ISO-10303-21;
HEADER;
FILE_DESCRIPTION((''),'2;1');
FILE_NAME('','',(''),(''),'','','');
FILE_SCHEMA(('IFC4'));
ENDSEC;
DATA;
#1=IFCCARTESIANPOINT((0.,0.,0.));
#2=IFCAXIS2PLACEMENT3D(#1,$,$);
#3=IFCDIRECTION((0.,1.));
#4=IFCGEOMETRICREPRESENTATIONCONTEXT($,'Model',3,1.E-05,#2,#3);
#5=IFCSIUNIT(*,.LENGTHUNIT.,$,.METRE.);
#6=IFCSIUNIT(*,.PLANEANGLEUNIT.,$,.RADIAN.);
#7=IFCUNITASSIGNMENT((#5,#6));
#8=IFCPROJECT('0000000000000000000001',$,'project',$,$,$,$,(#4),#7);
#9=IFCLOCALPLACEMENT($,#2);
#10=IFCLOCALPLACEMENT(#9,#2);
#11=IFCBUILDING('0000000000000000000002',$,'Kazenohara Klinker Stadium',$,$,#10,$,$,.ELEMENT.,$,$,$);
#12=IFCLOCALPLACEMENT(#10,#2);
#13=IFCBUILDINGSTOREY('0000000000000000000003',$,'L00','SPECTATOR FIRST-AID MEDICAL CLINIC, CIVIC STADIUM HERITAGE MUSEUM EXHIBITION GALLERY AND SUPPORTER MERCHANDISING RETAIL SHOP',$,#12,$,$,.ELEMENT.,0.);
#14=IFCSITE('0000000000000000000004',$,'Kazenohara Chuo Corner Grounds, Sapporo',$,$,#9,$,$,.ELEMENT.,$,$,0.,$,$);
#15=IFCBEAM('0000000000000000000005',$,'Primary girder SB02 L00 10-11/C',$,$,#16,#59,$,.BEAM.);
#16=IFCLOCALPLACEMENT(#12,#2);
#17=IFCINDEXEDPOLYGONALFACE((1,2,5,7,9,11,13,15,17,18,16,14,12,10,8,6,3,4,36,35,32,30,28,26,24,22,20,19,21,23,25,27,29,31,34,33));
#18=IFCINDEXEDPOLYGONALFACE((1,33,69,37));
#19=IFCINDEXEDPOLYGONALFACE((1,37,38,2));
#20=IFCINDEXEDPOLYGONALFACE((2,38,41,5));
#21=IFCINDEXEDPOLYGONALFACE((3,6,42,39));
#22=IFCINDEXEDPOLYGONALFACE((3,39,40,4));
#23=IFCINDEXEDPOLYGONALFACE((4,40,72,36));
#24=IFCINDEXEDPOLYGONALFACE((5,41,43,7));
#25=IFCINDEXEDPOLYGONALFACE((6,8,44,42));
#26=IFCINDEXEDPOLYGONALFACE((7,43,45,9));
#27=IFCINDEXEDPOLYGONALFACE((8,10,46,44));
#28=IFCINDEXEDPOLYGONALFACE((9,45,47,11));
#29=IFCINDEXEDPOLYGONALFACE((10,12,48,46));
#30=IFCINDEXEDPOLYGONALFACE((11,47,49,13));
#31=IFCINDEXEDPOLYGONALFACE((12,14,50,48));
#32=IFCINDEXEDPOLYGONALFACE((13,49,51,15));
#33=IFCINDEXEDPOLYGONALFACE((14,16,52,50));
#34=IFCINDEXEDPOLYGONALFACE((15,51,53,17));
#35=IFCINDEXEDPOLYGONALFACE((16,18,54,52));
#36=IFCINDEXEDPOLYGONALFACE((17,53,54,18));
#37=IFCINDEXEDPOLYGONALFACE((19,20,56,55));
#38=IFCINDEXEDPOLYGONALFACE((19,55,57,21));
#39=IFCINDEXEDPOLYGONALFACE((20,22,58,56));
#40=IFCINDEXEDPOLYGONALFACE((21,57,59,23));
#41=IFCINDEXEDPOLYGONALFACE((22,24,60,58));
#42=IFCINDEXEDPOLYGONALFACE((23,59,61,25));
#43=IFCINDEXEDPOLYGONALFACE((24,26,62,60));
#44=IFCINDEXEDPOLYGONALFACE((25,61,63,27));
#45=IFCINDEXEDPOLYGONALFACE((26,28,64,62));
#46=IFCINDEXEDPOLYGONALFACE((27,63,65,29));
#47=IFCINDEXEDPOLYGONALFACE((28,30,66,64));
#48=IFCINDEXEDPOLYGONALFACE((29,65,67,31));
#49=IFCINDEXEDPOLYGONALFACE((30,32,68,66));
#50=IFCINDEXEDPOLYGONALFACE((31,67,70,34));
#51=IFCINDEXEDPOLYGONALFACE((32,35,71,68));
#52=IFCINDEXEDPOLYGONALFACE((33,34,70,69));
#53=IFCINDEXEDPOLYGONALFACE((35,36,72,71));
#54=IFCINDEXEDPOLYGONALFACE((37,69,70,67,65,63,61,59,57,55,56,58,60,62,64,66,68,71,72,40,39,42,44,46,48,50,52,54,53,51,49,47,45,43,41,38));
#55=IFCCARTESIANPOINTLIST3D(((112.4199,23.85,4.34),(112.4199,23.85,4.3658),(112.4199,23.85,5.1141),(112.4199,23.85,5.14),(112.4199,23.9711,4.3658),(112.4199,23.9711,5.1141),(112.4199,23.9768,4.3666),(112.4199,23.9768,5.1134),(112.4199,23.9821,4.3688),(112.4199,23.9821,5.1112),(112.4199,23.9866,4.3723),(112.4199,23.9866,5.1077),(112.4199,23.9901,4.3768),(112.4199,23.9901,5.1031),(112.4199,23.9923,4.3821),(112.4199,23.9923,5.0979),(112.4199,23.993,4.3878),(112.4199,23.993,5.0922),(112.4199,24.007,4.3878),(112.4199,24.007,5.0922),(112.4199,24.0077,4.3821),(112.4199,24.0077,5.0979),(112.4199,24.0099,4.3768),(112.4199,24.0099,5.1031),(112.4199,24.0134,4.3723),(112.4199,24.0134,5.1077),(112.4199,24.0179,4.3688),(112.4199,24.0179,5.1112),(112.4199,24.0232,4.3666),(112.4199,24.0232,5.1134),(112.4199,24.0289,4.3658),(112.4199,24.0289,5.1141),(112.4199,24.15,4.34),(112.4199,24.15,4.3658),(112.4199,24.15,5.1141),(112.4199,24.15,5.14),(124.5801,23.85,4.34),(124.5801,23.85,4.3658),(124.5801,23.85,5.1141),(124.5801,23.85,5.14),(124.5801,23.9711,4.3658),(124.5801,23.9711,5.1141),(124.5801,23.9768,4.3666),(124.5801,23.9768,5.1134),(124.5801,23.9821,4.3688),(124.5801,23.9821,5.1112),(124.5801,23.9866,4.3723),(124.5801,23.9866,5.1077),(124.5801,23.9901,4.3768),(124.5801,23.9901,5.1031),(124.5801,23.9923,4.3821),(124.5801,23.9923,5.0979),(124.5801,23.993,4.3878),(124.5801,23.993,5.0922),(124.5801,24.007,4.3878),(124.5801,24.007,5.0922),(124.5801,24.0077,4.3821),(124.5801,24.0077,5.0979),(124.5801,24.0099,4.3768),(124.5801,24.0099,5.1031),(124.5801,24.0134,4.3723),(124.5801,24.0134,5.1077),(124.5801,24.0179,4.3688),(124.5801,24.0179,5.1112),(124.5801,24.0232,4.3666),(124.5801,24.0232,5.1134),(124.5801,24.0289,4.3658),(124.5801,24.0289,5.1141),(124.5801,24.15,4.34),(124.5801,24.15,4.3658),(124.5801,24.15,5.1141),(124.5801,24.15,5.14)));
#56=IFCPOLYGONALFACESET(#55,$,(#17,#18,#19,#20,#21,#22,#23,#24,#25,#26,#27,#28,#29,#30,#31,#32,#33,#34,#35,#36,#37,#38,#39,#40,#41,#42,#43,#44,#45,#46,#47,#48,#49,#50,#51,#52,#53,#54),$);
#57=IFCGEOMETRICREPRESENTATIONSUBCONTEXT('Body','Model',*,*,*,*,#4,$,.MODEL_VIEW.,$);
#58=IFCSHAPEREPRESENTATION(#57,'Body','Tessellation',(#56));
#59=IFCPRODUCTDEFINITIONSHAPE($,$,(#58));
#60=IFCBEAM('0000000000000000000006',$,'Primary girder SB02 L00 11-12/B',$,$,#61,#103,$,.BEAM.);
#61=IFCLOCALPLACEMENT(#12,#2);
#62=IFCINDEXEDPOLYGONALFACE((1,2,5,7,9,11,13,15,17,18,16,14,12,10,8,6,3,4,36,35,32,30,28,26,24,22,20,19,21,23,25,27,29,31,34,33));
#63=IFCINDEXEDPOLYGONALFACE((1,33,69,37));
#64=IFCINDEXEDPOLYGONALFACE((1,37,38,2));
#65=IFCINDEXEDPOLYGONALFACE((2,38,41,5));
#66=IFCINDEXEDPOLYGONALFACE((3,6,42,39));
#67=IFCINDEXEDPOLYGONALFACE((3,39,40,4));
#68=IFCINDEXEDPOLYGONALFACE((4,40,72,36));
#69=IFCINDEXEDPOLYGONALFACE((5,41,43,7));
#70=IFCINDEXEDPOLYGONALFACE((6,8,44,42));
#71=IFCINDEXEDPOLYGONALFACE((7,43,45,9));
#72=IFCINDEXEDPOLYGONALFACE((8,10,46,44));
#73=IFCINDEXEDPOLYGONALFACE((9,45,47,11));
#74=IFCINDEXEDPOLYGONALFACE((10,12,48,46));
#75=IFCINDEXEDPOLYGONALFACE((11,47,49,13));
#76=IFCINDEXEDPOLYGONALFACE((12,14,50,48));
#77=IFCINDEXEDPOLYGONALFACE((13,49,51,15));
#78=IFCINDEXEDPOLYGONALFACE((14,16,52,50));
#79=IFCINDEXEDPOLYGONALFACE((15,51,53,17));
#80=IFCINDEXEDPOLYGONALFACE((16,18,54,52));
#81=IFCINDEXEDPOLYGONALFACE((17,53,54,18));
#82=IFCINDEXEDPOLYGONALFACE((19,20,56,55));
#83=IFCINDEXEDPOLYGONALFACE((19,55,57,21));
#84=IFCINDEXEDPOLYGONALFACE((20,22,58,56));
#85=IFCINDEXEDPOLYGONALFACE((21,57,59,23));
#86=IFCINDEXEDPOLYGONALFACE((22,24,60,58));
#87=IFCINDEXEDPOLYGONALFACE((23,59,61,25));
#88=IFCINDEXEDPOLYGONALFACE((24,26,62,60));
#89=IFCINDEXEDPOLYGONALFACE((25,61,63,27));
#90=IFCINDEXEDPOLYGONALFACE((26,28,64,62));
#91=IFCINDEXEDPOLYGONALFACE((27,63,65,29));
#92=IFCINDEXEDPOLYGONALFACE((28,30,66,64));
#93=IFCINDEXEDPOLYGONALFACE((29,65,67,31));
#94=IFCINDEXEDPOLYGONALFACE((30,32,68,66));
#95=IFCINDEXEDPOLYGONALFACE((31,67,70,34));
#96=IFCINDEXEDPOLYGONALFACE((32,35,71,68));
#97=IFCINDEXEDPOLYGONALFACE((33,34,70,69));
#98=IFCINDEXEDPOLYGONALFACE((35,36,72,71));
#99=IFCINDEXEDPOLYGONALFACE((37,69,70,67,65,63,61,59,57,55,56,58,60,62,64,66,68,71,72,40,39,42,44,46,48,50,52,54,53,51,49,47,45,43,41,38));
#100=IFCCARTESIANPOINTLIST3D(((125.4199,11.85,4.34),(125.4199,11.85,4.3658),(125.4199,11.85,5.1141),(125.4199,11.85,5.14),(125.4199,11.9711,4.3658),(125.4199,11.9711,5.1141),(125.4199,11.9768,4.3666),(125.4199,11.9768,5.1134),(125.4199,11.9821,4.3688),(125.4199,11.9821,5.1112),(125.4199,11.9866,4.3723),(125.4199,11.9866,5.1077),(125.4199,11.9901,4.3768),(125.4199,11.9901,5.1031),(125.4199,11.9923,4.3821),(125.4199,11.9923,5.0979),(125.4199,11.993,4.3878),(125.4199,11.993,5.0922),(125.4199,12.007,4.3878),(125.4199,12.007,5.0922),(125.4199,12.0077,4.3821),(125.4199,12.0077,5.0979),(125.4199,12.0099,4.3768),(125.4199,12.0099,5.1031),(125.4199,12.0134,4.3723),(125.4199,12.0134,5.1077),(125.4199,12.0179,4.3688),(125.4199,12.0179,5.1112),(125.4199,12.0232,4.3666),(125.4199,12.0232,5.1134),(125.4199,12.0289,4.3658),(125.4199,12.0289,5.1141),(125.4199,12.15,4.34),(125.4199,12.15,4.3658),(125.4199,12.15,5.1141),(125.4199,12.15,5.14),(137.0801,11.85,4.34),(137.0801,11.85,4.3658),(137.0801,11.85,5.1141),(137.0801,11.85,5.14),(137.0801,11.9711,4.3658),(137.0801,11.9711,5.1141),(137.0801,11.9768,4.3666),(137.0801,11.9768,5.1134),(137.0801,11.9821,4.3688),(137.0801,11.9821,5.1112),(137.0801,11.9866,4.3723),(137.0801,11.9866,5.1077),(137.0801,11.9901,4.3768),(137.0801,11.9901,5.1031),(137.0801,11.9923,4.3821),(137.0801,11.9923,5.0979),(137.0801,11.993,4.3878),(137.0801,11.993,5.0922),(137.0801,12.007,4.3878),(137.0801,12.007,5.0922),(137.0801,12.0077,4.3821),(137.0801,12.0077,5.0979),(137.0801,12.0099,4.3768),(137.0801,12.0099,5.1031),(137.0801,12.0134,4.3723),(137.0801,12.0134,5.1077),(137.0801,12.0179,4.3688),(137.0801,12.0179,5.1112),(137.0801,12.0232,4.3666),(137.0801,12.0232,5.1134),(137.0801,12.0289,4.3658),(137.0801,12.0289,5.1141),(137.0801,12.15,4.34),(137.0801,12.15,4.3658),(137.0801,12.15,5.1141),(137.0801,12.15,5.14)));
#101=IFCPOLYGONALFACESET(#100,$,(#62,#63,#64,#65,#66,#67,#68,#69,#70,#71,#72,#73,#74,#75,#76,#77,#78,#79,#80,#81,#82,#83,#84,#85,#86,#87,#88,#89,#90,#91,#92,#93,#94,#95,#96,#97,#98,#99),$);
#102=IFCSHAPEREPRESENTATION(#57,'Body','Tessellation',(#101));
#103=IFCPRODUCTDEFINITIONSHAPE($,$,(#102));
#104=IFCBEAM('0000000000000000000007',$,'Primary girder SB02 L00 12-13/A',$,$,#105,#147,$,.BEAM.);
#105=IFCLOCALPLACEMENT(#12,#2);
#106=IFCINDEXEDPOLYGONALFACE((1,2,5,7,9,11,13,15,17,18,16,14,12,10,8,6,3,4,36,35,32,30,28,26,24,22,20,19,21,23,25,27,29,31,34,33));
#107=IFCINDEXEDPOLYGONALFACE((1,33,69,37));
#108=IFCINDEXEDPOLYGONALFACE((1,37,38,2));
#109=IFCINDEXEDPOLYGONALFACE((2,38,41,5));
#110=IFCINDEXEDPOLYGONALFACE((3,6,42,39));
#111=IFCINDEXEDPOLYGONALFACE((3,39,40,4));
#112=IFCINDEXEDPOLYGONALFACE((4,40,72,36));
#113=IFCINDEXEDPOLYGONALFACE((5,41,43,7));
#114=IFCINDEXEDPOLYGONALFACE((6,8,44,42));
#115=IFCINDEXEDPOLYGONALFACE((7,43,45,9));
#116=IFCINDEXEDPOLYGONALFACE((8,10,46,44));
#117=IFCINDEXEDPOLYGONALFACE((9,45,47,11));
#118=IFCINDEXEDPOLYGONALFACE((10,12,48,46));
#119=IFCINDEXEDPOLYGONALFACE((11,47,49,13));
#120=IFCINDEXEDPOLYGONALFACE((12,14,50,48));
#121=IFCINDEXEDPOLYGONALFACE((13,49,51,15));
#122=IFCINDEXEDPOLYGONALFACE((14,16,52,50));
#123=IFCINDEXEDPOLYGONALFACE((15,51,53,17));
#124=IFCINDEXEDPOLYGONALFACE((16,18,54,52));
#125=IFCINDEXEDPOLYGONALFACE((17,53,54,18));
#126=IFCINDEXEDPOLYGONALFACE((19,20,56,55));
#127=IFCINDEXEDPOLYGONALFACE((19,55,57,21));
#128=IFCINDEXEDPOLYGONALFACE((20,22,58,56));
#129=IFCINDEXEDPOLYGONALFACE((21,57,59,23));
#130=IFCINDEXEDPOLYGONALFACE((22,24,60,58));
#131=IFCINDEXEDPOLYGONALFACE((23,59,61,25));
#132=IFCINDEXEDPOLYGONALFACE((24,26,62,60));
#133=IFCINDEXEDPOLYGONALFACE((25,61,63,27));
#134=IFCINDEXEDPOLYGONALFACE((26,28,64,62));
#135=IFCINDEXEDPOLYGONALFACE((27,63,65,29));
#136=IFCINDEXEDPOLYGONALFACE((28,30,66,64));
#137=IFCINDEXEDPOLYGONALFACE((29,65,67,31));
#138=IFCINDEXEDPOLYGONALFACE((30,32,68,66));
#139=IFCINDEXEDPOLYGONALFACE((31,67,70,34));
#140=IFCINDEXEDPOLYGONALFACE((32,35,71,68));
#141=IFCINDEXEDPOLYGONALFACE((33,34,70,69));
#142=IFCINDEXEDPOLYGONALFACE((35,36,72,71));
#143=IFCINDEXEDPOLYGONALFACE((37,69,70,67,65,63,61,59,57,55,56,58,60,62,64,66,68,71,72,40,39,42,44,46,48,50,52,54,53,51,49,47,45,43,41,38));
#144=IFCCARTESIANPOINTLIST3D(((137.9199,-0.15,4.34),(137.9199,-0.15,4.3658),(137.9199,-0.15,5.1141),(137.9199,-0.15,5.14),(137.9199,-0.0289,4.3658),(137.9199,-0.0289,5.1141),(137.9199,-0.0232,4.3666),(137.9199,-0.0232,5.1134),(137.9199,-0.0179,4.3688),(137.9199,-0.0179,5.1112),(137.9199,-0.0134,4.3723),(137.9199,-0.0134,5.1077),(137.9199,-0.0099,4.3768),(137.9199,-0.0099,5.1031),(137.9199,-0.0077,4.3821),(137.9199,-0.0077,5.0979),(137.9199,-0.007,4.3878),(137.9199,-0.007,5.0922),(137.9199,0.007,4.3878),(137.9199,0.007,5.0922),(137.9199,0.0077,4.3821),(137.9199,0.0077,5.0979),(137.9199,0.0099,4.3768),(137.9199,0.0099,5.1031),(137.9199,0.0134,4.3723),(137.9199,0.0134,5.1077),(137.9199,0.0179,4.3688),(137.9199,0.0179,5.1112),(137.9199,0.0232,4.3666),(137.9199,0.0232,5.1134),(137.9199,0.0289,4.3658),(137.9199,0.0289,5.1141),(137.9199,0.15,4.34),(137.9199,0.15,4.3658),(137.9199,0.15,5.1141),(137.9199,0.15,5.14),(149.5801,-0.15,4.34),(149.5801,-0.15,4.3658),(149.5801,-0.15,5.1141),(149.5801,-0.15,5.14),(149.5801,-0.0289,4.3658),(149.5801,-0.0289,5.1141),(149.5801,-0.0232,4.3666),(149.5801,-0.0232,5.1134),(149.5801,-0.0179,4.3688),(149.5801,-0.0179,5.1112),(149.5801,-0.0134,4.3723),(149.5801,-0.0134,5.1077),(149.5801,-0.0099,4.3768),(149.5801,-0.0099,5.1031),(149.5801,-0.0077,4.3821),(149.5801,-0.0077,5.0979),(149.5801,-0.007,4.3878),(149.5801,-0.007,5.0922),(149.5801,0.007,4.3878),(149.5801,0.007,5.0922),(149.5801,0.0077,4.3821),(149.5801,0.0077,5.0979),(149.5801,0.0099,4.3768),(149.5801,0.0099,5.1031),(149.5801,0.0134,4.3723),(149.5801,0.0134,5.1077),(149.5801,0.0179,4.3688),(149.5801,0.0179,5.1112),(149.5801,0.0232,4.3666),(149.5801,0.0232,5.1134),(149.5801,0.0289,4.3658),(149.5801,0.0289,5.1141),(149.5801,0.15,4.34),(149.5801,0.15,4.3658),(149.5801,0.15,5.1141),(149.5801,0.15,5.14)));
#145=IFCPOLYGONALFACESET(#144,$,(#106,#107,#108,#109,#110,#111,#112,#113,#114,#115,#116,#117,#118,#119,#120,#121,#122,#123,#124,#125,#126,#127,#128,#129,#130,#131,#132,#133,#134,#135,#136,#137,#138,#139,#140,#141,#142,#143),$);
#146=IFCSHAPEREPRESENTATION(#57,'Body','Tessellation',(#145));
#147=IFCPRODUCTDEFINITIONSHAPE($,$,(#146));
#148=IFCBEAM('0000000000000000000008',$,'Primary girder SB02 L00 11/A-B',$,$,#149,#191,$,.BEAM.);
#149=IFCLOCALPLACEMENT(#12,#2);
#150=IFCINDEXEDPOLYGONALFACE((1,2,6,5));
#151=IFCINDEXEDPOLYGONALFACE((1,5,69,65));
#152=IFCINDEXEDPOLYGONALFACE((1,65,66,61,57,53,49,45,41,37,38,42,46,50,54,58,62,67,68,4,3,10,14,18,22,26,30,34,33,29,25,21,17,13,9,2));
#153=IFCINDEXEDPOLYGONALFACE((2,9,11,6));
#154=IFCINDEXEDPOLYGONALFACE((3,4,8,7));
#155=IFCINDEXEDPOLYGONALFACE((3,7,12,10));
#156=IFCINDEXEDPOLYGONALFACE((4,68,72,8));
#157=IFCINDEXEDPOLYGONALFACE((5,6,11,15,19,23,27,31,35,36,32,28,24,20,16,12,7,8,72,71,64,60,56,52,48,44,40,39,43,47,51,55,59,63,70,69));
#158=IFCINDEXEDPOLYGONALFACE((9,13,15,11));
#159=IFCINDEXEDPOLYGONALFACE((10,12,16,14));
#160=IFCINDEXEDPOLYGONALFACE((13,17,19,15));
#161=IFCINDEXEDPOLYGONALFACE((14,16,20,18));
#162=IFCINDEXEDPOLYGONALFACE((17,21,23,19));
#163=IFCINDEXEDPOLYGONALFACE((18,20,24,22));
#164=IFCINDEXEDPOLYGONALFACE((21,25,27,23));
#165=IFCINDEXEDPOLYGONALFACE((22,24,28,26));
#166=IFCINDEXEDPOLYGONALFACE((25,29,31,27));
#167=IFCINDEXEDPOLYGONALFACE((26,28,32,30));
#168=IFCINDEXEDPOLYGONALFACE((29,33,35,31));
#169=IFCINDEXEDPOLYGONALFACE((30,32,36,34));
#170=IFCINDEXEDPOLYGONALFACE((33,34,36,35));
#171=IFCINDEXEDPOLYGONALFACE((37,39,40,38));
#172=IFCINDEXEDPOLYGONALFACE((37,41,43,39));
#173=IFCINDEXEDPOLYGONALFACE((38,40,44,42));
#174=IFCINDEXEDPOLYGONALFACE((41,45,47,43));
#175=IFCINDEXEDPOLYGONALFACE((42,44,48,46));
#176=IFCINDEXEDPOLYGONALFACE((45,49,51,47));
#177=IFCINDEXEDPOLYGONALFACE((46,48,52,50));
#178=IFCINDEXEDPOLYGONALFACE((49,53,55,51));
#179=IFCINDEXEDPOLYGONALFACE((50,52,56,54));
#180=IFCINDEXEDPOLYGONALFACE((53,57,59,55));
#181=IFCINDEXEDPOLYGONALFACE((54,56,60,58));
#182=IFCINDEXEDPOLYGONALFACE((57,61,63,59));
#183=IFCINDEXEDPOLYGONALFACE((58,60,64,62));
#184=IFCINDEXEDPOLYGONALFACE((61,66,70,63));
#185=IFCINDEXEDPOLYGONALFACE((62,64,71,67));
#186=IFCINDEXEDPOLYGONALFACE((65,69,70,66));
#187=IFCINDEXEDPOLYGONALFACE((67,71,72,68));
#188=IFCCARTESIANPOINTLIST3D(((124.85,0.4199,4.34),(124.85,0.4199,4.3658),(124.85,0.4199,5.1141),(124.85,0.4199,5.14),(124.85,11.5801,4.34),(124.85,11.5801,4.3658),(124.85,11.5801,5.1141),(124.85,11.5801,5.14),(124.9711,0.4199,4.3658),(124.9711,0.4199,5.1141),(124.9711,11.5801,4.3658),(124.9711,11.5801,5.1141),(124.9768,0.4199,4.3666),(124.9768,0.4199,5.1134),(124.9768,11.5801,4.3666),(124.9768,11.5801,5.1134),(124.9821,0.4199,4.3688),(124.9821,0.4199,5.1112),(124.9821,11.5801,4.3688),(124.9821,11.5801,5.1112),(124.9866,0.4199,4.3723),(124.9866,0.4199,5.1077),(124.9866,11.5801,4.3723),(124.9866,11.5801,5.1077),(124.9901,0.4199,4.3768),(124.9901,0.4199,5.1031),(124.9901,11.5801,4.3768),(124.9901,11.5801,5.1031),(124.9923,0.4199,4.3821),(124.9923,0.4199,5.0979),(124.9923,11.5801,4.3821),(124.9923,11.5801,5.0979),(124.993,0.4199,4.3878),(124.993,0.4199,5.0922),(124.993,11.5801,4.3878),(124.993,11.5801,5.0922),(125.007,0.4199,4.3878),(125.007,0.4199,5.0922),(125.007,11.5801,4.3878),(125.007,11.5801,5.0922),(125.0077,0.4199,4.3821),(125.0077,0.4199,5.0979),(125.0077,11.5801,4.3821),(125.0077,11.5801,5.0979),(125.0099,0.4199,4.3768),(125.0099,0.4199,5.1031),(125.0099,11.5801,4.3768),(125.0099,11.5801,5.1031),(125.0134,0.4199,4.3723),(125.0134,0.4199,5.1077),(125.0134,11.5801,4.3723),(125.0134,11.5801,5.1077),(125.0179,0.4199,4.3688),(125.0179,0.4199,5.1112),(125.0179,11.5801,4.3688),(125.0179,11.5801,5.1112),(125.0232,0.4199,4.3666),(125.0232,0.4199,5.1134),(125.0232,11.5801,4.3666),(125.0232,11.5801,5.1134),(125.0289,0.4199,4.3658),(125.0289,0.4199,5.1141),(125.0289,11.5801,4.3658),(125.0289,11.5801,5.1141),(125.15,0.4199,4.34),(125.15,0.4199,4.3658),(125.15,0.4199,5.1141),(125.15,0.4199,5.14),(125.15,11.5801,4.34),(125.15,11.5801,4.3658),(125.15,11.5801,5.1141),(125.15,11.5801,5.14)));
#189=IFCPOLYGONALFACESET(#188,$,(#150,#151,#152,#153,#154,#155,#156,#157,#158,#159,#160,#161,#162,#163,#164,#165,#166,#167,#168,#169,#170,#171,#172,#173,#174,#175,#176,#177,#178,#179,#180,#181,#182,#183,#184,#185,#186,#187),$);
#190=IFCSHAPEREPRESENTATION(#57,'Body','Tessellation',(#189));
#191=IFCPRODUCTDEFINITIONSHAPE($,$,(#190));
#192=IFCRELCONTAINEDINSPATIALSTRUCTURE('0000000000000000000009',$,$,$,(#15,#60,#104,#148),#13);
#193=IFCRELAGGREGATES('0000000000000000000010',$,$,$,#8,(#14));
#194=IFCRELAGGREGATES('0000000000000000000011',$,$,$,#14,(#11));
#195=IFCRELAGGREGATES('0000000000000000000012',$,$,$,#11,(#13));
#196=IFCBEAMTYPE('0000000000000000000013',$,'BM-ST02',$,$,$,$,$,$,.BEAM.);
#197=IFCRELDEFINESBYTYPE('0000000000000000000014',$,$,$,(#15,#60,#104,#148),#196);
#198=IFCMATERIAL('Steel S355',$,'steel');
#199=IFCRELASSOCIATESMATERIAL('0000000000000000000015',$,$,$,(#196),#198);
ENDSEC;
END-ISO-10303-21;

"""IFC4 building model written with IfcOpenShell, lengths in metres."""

from ifc_helpers import new_model, si_unit, direction, frame, origin, origin_2d, place, context, subcontext, project, spatial, i_section, extrude, material, material_profile, profile_set, type_object, element, save


model = new_model("IFC4")

# Units and contexts
model_context = context("Model", 3, precision=1e-05, world=origin(), true_north=direction((0.0, 1.0)))
body_context = subcontext(model_context, "Body", "Model", "MODEL_VIEW")
ifc_project = project(units=[si_unit("LENGTHUNIT", "METRE"), si_unit("PLANEANGLEUNIT", "RADIAN")], contexts=[model_context])

# Site, building, storey
site_placement = place(None, origin())
site = spatial("IfcSite", under=ifc_project, at=site_placement, Name="Kazenohara Chuo Corner Grounds, Sapporo", CompositionType="ELEMENT", RefElevation=0.0)
building_placement = place(site_placement, origin())
building = spatial("IfcBuilding", under=site, at=building_placement, Name="Kazenohara Klinker Stadium", CompositionType="ELEMENT")
storey_placement = place(building_placement, origin())
storey = spatial("IfcBuildingStorey", under=building, at=storey_placement, Name="L00", Description="SPECTATOR FIRST-AID MEDICAL CLINIC, CIVIC STADIUM HERITAGE MUSEUM EXHIBITION GALLERY AND SUPPORTER MERCHANDISING RETAIL SHOP", CompositionType="ELEMENT", Elevation=0.0)

# Beams
ifc_material_1 = material(Name="Steel S355", Category="steel")
ifc_material_profile_1 = material_profile(ifc_material_1, i_section(OverallWidth=0.3, OverallDepth=0.8, WebThickness=0.0139, FlangeThickness=0.0259, FilletRadius=0.022, at=origin_2d()), Name="H-800x300x14x26")
ifc_profile_set_1 = profile_set([ifc_material_profile_1], Name="Steel S355")
beam_type_1 = type_object("IfcBeamType", Name="BM-ST02", PredefinedType="BEAM", material=ifc_profile_set_1)
beam_1_placement = place(storey_placement, frame((112.4199, 24.0, 4.74), z_axis=(1.0, 0.0, 0.0), x_axis=(0.0, 1.0, 0.0)))
element("IfcBeam", 1, at=beam_1_placement, inside=storey, type_object=beam_type_1, Name="Primary girder SB02 L00 10-11/C", PredefinedType="BEAM", context=body_context, shape_type="SweptSolid", body=[
    extrude(i_section(OverallWidth=0.3, OverallDepth=0.8, WebThickness=0.0139, FlangeThickness=0.0259, FilletRadius=0.022, at=origin_2d()), origin(), (0.0, 0.0, 1.0), 12.1602),
])
for number, where, z_axis, x_axis, name in (
    (2, (125.4199, 12.0, 4.74), (1.0, 0.0, 0.0), (0.0, 1.0, 0.0), "Primary girder SB02 L00 11-12/B"),
    (3, (137.9199, 0.0, 4.74), (1.0, 0.0, 0.0), (0.0, 1.0, 0.0), "Primary girder SB02 L00 12-13/A"),
):
    element("IfcBeam", number, at=place(storey_placement, frame(where, z_axis=z_axis, x_axis=x_axis)), inside=storey, type_object=beam_type_1, Name=name, PredefinedType="BEAM", context=body_context, shape_type="SweptSolid", body=[
        extrude(i_section(OverallWidth=0.3, OverallDepth=0.8, WebThickness=0.0139, FlangeThickness=0.0259, FilletRadius=0.022, at=origin_2d()), origin(), (0.0, 0.0, 1.0), 11.6602),
    ])
beam_2_placement = place(storey_placement, frame((125.0, 0.4199, 4.74), z_axis=(0.0, 1.0, 0.0), x_axis=(-1.0, 0.0, 0.0)))
element("IfcBeam", 4, at=beam_2_placement, inside=storey, type_object=beam_type_1, Name="Primary girder SB02 L00 11/A-B", PredefinedType="BEAM", context=body_context, shape_type="SweptSolid", body=[
    extrude(i_section(OverallWidth=0.3, OverallDepth=0.8, WebThickness=0.0139, FlangeThickness=0.0259, FilletRadius=0.022, at=origin_2d()), origin(), (0.0, 0.0, 1.0), 11.1602),
])

save(model, "model.ifc")
